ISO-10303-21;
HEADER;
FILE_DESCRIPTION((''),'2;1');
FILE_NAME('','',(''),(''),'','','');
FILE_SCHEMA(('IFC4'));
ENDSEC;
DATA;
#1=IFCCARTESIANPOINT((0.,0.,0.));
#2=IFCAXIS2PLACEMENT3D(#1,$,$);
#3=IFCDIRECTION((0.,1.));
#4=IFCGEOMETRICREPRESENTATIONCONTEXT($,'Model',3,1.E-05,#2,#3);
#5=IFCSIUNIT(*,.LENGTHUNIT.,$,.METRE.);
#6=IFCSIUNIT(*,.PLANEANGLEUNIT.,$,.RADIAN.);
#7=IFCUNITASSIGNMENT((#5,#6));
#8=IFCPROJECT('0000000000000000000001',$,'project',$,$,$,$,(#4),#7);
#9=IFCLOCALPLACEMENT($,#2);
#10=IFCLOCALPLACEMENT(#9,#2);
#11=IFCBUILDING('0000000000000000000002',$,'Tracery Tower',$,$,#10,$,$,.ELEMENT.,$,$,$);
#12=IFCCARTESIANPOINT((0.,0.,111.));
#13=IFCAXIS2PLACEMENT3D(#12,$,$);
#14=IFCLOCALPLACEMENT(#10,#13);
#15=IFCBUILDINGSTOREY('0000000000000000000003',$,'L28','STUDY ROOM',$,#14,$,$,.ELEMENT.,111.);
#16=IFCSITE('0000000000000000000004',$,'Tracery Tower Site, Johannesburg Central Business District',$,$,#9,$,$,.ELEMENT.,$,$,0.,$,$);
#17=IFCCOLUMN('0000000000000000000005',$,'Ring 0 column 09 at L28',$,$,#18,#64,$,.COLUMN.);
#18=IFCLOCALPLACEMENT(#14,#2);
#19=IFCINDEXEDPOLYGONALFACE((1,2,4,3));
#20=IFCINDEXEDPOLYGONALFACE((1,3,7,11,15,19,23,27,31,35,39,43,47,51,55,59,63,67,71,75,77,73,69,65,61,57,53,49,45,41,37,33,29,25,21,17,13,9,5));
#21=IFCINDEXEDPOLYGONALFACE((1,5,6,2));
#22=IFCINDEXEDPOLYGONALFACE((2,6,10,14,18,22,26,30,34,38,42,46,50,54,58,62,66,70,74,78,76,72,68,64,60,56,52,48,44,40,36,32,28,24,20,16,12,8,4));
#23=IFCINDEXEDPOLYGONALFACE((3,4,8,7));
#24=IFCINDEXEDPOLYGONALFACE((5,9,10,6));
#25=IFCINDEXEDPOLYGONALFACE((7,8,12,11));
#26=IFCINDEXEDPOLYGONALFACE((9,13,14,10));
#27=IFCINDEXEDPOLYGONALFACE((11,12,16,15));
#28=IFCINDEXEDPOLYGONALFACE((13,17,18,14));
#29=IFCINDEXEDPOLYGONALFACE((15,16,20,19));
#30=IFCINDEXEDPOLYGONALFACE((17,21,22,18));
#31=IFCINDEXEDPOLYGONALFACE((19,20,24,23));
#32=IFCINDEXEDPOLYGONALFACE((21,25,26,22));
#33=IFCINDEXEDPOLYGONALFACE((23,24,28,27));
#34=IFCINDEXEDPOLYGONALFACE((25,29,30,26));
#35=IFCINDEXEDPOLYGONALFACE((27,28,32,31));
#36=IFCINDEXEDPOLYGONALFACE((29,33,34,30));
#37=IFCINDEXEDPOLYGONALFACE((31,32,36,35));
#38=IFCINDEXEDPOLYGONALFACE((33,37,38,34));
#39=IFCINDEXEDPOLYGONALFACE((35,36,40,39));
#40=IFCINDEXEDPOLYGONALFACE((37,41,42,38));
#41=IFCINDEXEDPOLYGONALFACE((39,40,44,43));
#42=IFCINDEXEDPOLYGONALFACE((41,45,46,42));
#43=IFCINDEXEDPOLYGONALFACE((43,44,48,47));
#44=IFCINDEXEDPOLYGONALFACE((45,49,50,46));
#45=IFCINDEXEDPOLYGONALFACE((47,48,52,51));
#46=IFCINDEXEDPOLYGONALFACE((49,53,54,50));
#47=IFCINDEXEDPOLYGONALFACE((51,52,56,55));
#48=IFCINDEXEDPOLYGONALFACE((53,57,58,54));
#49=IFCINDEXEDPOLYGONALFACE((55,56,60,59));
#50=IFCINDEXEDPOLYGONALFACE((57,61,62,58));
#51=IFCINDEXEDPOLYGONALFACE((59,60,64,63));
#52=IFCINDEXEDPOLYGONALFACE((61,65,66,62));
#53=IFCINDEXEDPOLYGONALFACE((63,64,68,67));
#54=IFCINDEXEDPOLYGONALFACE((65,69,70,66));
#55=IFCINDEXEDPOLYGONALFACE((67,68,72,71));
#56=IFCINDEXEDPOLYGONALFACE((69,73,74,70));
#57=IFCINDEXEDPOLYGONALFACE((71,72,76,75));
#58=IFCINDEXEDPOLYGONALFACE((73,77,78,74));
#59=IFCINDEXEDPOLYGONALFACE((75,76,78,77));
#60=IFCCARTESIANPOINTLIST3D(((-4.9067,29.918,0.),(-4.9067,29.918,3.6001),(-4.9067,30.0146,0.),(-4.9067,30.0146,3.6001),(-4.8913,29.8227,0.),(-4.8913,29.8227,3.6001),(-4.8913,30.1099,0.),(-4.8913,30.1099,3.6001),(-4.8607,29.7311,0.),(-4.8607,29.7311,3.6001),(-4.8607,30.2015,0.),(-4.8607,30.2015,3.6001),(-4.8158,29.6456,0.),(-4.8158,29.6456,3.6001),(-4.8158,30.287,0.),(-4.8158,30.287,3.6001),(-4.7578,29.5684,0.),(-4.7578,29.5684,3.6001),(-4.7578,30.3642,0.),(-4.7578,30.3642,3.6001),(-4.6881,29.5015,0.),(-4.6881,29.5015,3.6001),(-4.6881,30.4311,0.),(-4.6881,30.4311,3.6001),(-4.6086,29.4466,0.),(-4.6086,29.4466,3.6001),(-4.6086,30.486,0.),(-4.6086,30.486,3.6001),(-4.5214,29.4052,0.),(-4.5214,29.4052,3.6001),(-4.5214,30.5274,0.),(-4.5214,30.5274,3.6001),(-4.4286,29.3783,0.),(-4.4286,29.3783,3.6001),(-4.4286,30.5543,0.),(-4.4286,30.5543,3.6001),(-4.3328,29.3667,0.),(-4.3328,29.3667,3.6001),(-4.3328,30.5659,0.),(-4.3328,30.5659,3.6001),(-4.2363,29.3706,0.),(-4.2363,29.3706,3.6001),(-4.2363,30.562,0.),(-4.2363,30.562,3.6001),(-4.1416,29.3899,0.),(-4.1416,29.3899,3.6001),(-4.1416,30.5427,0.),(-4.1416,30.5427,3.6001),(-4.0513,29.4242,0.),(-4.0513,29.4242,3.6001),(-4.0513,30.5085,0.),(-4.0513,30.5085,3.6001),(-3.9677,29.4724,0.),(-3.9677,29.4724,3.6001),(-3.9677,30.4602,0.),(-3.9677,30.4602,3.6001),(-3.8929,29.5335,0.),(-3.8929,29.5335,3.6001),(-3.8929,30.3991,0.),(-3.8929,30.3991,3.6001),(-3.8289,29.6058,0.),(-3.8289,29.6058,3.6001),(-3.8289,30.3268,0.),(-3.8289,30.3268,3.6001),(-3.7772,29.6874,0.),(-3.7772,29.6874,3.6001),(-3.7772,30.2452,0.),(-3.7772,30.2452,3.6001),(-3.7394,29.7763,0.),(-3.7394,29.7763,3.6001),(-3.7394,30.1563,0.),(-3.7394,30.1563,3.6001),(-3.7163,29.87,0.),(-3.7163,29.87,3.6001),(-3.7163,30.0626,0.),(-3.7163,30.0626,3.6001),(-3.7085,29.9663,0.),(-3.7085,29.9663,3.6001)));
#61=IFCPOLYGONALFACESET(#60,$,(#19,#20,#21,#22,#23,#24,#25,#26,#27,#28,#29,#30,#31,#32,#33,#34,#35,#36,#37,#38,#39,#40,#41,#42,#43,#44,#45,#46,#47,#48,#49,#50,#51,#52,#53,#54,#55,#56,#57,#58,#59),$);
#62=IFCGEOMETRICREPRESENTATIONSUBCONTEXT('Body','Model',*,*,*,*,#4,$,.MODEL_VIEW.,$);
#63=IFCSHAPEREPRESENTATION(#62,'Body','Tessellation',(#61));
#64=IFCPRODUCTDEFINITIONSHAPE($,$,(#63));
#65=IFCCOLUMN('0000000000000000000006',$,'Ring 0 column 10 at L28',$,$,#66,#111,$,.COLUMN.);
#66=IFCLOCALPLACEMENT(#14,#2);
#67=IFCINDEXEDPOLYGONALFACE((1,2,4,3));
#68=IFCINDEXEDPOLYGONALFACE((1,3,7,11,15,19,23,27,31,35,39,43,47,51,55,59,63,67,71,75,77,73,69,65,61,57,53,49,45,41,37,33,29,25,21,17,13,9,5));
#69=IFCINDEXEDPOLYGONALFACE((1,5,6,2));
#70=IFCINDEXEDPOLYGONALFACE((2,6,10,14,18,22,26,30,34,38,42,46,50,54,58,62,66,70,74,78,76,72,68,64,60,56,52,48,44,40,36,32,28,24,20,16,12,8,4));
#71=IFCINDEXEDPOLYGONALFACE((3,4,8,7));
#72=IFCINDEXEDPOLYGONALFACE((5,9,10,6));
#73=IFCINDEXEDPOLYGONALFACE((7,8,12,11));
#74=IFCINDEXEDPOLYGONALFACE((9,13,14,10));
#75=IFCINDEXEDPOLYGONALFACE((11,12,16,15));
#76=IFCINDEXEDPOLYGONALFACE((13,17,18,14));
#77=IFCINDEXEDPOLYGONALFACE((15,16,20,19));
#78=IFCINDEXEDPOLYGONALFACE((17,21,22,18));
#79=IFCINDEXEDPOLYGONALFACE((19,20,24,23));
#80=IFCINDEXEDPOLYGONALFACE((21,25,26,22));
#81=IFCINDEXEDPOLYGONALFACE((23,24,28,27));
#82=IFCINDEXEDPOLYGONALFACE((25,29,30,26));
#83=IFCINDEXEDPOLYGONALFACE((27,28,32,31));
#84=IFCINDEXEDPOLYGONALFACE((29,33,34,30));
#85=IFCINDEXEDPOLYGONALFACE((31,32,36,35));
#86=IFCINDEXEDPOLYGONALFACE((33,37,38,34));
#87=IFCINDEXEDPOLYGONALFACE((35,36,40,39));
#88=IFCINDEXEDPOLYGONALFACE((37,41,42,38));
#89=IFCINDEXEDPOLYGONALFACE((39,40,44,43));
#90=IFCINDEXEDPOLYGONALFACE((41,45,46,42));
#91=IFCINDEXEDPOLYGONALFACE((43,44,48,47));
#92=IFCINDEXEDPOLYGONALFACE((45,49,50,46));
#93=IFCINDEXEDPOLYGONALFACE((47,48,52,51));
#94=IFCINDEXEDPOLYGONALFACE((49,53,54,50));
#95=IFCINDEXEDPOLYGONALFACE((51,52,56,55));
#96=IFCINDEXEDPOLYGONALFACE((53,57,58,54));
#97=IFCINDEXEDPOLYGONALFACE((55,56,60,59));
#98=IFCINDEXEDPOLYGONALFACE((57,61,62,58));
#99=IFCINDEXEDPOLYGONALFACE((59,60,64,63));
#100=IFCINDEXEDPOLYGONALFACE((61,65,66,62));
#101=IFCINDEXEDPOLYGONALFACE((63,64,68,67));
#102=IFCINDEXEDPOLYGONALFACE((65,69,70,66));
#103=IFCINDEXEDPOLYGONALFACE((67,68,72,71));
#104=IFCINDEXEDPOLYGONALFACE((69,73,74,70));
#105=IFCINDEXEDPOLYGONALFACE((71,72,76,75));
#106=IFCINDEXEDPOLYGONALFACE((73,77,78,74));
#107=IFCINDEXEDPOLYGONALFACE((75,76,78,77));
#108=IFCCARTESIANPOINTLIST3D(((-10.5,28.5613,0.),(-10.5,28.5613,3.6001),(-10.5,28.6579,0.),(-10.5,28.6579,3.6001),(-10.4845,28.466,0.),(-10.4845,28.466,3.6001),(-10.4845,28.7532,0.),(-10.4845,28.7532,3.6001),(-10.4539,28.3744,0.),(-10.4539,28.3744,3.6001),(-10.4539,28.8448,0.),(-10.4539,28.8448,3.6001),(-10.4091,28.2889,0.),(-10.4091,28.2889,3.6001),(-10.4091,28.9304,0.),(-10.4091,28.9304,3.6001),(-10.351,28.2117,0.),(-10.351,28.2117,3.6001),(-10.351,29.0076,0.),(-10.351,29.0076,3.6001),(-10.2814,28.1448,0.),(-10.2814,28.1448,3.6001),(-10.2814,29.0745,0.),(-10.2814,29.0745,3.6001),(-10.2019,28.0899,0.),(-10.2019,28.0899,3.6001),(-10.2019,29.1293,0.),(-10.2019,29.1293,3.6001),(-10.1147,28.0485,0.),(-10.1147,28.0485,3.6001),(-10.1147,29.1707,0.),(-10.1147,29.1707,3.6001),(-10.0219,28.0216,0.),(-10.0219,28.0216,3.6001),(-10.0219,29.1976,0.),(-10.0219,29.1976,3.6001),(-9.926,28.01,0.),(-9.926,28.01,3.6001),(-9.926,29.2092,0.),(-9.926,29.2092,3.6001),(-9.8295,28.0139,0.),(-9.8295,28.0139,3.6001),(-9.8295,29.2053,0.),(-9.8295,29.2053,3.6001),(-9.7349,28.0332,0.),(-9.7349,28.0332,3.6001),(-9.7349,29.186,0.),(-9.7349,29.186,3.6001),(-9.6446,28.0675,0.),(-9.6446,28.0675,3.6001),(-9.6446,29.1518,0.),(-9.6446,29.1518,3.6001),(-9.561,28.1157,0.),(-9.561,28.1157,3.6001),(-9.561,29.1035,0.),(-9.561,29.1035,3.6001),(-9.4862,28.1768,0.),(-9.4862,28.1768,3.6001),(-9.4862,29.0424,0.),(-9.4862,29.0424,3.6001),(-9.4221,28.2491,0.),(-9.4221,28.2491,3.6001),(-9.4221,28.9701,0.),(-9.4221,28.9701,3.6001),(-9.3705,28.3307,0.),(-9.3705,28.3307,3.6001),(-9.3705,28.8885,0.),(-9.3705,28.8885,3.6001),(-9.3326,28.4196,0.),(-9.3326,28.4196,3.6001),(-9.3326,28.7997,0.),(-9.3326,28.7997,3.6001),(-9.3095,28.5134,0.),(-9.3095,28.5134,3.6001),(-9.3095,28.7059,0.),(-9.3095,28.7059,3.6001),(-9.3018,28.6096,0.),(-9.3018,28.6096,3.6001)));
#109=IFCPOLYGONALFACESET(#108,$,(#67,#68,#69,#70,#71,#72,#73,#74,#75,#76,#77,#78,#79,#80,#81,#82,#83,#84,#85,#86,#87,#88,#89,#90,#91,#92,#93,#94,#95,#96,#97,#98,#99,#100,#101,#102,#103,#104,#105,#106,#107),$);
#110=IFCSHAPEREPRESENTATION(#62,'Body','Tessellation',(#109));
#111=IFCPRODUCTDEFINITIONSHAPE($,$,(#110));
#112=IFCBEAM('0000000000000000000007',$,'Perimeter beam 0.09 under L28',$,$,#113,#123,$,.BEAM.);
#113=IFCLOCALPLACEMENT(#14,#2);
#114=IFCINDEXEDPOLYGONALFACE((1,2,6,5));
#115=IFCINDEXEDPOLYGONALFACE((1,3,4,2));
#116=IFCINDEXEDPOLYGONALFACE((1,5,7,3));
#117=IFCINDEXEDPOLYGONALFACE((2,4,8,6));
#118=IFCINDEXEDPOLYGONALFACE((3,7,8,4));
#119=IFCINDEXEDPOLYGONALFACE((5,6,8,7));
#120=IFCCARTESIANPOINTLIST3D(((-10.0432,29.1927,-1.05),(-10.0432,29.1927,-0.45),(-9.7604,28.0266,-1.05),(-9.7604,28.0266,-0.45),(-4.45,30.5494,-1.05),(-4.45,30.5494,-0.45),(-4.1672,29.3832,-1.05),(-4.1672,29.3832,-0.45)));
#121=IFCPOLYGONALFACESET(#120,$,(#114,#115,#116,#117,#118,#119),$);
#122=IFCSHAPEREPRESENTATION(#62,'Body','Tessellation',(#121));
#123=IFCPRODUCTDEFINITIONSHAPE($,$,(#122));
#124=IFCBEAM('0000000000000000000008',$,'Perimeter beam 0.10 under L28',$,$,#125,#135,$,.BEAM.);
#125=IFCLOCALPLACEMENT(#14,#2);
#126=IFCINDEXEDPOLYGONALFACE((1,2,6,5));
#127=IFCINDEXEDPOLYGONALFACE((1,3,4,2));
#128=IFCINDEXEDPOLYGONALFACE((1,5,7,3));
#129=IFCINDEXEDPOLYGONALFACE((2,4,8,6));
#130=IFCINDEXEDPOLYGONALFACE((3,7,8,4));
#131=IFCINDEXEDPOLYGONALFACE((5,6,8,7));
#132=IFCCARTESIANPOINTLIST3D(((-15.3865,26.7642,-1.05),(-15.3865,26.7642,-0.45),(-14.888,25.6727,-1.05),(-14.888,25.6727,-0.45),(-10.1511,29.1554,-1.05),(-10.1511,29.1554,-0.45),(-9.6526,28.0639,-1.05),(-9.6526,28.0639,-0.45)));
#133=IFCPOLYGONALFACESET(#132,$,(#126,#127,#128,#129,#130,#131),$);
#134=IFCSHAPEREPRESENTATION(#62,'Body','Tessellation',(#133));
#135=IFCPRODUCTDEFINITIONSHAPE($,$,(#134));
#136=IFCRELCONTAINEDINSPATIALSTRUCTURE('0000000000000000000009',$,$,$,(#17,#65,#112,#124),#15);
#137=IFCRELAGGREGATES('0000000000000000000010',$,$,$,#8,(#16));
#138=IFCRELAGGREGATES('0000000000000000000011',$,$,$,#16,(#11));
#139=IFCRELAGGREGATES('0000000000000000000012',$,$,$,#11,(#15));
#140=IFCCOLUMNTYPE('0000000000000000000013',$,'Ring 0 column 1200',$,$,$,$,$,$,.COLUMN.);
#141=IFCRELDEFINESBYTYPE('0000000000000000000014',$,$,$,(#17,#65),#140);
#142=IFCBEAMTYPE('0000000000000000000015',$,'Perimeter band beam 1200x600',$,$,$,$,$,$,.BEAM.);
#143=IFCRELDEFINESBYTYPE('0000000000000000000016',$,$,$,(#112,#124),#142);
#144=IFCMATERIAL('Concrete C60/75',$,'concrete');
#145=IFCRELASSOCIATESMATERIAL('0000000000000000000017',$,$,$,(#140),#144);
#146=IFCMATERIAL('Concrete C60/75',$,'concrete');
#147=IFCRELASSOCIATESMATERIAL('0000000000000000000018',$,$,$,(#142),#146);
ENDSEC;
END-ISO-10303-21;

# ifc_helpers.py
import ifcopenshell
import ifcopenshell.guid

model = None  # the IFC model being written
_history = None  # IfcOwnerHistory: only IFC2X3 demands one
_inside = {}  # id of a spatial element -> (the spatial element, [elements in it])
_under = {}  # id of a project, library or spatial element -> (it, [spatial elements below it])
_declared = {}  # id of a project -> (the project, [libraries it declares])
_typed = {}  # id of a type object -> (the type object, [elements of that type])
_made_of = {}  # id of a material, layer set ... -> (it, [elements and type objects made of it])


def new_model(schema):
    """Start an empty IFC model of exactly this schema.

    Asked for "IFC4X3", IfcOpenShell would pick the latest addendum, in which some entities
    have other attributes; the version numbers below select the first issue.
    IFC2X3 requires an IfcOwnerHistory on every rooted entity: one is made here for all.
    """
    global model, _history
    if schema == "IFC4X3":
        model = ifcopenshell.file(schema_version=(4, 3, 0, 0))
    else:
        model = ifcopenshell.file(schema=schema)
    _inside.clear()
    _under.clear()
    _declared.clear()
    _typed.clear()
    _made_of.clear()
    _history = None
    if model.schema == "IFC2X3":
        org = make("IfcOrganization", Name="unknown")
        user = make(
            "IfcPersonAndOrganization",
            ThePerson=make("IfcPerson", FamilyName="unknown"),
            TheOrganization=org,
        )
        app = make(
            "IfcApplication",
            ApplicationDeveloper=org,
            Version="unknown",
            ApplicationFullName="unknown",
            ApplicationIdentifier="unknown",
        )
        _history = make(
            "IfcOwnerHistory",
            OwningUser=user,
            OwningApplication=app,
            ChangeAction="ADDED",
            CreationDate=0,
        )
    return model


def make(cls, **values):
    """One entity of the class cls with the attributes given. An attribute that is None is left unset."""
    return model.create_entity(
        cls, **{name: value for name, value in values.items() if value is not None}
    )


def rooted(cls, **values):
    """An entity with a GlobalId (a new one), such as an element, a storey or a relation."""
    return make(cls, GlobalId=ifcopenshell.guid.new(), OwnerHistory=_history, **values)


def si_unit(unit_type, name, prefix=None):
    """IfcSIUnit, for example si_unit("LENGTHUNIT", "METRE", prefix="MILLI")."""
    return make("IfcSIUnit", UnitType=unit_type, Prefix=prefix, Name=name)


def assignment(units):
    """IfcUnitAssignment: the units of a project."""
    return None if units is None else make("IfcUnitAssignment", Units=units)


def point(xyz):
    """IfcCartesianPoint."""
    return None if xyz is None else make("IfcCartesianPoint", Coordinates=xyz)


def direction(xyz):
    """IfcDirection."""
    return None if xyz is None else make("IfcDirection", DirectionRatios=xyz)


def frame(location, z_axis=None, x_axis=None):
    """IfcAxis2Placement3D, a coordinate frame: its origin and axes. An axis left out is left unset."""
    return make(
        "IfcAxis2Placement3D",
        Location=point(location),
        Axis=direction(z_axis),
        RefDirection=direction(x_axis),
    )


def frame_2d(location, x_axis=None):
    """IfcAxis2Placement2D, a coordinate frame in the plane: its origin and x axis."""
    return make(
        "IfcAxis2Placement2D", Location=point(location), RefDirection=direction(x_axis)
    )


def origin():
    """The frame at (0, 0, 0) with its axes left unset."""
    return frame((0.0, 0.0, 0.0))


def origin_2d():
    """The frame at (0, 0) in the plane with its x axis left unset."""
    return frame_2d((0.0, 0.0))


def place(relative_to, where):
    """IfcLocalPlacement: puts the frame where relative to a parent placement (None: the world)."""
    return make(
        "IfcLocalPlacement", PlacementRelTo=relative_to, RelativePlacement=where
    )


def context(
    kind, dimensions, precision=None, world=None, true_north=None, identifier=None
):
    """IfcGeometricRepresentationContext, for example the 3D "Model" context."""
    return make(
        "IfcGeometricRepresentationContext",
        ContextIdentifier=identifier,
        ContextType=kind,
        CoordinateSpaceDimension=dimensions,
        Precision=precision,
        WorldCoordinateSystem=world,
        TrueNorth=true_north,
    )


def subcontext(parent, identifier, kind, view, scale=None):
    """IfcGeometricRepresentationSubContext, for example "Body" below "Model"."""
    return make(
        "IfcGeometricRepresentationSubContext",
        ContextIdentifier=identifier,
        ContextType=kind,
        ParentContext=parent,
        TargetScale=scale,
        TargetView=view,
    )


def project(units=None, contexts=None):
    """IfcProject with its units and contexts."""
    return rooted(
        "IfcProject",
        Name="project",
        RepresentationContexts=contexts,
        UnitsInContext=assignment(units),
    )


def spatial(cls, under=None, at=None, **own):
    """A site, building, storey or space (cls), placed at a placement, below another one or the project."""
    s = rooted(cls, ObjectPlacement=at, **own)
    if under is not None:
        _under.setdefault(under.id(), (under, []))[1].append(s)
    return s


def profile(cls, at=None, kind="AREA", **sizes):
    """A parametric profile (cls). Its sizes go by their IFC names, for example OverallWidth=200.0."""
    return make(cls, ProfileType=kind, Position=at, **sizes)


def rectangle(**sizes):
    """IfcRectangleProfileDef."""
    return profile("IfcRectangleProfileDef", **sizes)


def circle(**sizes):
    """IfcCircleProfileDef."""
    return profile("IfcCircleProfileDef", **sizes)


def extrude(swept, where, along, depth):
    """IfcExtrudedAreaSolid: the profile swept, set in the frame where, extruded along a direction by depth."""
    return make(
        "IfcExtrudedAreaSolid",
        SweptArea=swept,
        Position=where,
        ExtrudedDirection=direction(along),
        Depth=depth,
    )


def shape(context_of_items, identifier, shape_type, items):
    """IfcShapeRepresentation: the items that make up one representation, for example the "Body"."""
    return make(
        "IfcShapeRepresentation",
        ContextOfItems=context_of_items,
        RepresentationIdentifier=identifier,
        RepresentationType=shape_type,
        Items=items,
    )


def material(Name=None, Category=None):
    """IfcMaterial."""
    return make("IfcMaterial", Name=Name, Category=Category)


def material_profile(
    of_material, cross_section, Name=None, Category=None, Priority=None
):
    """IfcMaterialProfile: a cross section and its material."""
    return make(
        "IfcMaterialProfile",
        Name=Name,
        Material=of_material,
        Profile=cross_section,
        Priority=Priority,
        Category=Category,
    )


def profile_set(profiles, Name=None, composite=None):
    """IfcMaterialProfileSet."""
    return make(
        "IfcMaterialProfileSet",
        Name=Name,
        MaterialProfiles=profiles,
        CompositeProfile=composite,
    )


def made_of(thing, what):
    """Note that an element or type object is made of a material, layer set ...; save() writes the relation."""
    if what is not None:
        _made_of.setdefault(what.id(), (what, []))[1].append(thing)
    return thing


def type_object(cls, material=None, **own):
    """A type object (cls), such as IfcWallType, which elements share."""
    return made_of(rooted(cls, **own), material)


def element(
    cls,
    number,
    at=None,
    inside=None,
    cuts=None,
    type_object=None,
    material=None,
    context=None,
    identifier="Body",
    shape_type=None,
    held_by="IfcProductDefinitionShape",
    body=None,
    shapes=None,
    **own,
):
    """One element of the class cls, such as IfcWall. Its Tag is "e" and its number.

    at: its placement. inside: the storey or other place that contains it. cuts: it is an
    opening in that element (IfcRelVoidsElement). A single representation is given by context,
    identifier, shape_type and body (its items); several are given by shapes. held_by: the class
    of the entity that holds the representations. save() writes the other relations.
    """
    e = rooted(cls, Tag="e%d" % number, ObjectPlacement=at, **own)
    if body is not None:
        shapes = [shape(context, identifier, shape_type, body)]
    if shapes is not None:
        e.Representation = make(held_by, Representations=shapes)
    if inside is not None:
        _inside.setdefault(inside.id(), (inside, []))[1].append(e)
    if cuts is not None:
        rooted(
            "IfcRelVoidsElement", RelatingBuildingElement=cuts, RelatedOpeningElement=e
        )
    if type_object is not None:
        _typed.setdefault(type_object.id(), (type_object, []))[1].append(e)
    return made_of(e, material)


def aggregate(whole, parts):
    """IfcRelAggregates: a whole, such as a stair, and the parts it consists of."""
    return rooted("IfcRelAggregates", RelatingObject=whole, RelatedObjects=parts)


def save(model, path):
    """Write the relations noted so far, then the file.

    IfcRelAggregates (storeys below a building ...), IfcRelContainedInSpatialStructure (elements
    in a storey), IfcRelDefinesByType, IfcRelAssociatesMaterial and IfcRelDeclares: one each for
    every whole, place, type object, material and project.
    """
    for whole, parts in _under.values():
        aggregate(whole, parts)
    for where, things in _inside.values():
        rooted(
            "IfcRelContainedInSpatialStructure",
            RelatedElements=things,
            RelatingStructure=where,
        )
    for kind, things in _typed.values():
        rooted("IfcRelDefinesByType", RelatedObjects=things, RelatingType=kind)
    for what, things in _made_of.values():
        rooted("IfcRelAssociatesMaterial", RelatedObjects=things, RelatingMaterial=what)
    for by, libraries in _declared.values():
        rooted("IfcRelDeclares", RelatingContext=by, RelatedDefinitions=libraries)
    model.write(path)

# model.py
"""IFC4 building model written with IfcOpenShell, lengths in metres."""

from ifc_helpers import new_model, si_unit, direction, frame, origin, origin_2d, place, context, subcontext, project, spatial, rectangle, circle, extrude, material, material_profile, profile_set, type_object, element, save


model = new_model("IFC4")

# Units and contexts
model_context = context("Model", 3, precision=1e-05, world=origin(), true_north=direction((0.0, 1.0)))
body_context = subcontext(model_context, "Body", "Model", "MODEL_VIEW")
ifc_project = project(units=[si_unit("LENGTHUNIT", "METRE"), si_unit("PLANEANGLEUNIT", "RADIAN")], contexts=[model_context])

# Site, building, storey
site_placement = place(None, origin())
site = spatial("IfcSite", under=ifc_project, at=site_placement, Name="Tracery Tower Site, Johannesburg Central Business District", CompositionType="ELEMENT", RefElevation=0.0)
building_placement = place(site_placement, origin())
building = spatial("IfcBuilding", under=site, at=building_placement, Name="Tracery Tower", CompositionType="ELEMENT")
storey_placement = place(building_placement, frame((0.0, 0.0, 111.0)))
storey = spatial("IfcBuildingStorey", under=building, at=storey_placement, Name="L28", Description="STUDY ROOM", CompositionType="ELEMENT", Elevation=111.0)

# Columns
ifc_material_1 = material(Name="Concrete C60/75", Category="concrete")
ifc_material_profile_1 = material_profile(ifc_material_1, circle(Radius=0.6001, at=origin_2d()), Name="RC D1200")
ifc_profile_set_1 = profile_set([ifc_material_profile_1], Name="Concrete C60/75")
column_type = type_object("IfcColumnType", Name="Ring 0 column 1200", PredefinedType="COLUMN", material=ifc_profile_set_1)
for number, where, z_axis, x_axis, name in (
    (1, (-4.3086, 29.9663, 0.0), (0.0, 0.0, 1.0), (1.0, 0.0, 0.0), "Ring 0 column 09 at L28"),
    (2, (-9.9019, 28.6096, 0.0), (0.0, 0.0, 1.0), (1.0, 0.0, 0.0), "Ring 0 column 10 at L28"),
):
    element("IfcColumn", number, at=place(storey_placement, frame(where, z_axis=z_axis, x_axis=x_axis)), inside=storey, type_object=column_type, Name=name, PredefinedType="COLUMN", context=body_context, shape_type="SweptSolid", body=[
        extrude(circle(Radius=0.6001, at=origin_2d()), origin(), (0.0, 0.0, 1.0), 3.6001),
    ])

# Beams
ifc_material_2 = material(Name="Concrete C60/75", Category="concrete")
ifc_material_profile_2 = material_profile(ifc_material_2, rectangle(XDim=1.2, YDim=0.6001, at=origin_2d()), Name="RC 1200x600")
ifc_profile_set_2 = profile_set([ifc_material_profile_2], Name="Concrete C60/75")
beam_type = type_object("IfcBeamType", Name="Perimeter band beam 1200x600", PredefinedType="BEAM", material=ifc_profile_set_2)
beam_1_placement = place(storey_placement, frame((-4.3086, 29.9663, -0.75), z_axis=(-0.97182, -0.235723, 0.0), x_axis=(0.235723, -0.97182, 0.0)))
element("IfcBeam", 3, at=beam_1_placement, inside=storey, type_object=beam_type, Name="Perimeter beam 0.09 under L28", PredefinedType="BEAM", context=body_context, shape_type="SweptSolid", body=[
    extrude(rectangle(XDim=1.2, YDim=0.6001, at=origin_2d()), origin(), (0.0, 0.0, 1.0), 5.7554),
])
beam_2_placement = place(storey_placement, frame((-9.9019, 28.6096, -0.75), z_axis=(-0.909618, -0.415445, 0.0), x_axis=(0.415445, -0.909618, 0.0)))
element("IfcBeam", 4, at=beam_2_placement, inside=storey, type_object=beam_type, Name="Perimeter beam 0.10 under L28", PredefinedType="BEAM", context=body_context, shape_type="SweptSolid", body=[
    extrude(rectangle(XDim=1.2, YDim=0.6001, at=origin_2d()), origin(), (0.0, 0.0, 1.0), 5.7556),
])

save(model, "model.ifc")
